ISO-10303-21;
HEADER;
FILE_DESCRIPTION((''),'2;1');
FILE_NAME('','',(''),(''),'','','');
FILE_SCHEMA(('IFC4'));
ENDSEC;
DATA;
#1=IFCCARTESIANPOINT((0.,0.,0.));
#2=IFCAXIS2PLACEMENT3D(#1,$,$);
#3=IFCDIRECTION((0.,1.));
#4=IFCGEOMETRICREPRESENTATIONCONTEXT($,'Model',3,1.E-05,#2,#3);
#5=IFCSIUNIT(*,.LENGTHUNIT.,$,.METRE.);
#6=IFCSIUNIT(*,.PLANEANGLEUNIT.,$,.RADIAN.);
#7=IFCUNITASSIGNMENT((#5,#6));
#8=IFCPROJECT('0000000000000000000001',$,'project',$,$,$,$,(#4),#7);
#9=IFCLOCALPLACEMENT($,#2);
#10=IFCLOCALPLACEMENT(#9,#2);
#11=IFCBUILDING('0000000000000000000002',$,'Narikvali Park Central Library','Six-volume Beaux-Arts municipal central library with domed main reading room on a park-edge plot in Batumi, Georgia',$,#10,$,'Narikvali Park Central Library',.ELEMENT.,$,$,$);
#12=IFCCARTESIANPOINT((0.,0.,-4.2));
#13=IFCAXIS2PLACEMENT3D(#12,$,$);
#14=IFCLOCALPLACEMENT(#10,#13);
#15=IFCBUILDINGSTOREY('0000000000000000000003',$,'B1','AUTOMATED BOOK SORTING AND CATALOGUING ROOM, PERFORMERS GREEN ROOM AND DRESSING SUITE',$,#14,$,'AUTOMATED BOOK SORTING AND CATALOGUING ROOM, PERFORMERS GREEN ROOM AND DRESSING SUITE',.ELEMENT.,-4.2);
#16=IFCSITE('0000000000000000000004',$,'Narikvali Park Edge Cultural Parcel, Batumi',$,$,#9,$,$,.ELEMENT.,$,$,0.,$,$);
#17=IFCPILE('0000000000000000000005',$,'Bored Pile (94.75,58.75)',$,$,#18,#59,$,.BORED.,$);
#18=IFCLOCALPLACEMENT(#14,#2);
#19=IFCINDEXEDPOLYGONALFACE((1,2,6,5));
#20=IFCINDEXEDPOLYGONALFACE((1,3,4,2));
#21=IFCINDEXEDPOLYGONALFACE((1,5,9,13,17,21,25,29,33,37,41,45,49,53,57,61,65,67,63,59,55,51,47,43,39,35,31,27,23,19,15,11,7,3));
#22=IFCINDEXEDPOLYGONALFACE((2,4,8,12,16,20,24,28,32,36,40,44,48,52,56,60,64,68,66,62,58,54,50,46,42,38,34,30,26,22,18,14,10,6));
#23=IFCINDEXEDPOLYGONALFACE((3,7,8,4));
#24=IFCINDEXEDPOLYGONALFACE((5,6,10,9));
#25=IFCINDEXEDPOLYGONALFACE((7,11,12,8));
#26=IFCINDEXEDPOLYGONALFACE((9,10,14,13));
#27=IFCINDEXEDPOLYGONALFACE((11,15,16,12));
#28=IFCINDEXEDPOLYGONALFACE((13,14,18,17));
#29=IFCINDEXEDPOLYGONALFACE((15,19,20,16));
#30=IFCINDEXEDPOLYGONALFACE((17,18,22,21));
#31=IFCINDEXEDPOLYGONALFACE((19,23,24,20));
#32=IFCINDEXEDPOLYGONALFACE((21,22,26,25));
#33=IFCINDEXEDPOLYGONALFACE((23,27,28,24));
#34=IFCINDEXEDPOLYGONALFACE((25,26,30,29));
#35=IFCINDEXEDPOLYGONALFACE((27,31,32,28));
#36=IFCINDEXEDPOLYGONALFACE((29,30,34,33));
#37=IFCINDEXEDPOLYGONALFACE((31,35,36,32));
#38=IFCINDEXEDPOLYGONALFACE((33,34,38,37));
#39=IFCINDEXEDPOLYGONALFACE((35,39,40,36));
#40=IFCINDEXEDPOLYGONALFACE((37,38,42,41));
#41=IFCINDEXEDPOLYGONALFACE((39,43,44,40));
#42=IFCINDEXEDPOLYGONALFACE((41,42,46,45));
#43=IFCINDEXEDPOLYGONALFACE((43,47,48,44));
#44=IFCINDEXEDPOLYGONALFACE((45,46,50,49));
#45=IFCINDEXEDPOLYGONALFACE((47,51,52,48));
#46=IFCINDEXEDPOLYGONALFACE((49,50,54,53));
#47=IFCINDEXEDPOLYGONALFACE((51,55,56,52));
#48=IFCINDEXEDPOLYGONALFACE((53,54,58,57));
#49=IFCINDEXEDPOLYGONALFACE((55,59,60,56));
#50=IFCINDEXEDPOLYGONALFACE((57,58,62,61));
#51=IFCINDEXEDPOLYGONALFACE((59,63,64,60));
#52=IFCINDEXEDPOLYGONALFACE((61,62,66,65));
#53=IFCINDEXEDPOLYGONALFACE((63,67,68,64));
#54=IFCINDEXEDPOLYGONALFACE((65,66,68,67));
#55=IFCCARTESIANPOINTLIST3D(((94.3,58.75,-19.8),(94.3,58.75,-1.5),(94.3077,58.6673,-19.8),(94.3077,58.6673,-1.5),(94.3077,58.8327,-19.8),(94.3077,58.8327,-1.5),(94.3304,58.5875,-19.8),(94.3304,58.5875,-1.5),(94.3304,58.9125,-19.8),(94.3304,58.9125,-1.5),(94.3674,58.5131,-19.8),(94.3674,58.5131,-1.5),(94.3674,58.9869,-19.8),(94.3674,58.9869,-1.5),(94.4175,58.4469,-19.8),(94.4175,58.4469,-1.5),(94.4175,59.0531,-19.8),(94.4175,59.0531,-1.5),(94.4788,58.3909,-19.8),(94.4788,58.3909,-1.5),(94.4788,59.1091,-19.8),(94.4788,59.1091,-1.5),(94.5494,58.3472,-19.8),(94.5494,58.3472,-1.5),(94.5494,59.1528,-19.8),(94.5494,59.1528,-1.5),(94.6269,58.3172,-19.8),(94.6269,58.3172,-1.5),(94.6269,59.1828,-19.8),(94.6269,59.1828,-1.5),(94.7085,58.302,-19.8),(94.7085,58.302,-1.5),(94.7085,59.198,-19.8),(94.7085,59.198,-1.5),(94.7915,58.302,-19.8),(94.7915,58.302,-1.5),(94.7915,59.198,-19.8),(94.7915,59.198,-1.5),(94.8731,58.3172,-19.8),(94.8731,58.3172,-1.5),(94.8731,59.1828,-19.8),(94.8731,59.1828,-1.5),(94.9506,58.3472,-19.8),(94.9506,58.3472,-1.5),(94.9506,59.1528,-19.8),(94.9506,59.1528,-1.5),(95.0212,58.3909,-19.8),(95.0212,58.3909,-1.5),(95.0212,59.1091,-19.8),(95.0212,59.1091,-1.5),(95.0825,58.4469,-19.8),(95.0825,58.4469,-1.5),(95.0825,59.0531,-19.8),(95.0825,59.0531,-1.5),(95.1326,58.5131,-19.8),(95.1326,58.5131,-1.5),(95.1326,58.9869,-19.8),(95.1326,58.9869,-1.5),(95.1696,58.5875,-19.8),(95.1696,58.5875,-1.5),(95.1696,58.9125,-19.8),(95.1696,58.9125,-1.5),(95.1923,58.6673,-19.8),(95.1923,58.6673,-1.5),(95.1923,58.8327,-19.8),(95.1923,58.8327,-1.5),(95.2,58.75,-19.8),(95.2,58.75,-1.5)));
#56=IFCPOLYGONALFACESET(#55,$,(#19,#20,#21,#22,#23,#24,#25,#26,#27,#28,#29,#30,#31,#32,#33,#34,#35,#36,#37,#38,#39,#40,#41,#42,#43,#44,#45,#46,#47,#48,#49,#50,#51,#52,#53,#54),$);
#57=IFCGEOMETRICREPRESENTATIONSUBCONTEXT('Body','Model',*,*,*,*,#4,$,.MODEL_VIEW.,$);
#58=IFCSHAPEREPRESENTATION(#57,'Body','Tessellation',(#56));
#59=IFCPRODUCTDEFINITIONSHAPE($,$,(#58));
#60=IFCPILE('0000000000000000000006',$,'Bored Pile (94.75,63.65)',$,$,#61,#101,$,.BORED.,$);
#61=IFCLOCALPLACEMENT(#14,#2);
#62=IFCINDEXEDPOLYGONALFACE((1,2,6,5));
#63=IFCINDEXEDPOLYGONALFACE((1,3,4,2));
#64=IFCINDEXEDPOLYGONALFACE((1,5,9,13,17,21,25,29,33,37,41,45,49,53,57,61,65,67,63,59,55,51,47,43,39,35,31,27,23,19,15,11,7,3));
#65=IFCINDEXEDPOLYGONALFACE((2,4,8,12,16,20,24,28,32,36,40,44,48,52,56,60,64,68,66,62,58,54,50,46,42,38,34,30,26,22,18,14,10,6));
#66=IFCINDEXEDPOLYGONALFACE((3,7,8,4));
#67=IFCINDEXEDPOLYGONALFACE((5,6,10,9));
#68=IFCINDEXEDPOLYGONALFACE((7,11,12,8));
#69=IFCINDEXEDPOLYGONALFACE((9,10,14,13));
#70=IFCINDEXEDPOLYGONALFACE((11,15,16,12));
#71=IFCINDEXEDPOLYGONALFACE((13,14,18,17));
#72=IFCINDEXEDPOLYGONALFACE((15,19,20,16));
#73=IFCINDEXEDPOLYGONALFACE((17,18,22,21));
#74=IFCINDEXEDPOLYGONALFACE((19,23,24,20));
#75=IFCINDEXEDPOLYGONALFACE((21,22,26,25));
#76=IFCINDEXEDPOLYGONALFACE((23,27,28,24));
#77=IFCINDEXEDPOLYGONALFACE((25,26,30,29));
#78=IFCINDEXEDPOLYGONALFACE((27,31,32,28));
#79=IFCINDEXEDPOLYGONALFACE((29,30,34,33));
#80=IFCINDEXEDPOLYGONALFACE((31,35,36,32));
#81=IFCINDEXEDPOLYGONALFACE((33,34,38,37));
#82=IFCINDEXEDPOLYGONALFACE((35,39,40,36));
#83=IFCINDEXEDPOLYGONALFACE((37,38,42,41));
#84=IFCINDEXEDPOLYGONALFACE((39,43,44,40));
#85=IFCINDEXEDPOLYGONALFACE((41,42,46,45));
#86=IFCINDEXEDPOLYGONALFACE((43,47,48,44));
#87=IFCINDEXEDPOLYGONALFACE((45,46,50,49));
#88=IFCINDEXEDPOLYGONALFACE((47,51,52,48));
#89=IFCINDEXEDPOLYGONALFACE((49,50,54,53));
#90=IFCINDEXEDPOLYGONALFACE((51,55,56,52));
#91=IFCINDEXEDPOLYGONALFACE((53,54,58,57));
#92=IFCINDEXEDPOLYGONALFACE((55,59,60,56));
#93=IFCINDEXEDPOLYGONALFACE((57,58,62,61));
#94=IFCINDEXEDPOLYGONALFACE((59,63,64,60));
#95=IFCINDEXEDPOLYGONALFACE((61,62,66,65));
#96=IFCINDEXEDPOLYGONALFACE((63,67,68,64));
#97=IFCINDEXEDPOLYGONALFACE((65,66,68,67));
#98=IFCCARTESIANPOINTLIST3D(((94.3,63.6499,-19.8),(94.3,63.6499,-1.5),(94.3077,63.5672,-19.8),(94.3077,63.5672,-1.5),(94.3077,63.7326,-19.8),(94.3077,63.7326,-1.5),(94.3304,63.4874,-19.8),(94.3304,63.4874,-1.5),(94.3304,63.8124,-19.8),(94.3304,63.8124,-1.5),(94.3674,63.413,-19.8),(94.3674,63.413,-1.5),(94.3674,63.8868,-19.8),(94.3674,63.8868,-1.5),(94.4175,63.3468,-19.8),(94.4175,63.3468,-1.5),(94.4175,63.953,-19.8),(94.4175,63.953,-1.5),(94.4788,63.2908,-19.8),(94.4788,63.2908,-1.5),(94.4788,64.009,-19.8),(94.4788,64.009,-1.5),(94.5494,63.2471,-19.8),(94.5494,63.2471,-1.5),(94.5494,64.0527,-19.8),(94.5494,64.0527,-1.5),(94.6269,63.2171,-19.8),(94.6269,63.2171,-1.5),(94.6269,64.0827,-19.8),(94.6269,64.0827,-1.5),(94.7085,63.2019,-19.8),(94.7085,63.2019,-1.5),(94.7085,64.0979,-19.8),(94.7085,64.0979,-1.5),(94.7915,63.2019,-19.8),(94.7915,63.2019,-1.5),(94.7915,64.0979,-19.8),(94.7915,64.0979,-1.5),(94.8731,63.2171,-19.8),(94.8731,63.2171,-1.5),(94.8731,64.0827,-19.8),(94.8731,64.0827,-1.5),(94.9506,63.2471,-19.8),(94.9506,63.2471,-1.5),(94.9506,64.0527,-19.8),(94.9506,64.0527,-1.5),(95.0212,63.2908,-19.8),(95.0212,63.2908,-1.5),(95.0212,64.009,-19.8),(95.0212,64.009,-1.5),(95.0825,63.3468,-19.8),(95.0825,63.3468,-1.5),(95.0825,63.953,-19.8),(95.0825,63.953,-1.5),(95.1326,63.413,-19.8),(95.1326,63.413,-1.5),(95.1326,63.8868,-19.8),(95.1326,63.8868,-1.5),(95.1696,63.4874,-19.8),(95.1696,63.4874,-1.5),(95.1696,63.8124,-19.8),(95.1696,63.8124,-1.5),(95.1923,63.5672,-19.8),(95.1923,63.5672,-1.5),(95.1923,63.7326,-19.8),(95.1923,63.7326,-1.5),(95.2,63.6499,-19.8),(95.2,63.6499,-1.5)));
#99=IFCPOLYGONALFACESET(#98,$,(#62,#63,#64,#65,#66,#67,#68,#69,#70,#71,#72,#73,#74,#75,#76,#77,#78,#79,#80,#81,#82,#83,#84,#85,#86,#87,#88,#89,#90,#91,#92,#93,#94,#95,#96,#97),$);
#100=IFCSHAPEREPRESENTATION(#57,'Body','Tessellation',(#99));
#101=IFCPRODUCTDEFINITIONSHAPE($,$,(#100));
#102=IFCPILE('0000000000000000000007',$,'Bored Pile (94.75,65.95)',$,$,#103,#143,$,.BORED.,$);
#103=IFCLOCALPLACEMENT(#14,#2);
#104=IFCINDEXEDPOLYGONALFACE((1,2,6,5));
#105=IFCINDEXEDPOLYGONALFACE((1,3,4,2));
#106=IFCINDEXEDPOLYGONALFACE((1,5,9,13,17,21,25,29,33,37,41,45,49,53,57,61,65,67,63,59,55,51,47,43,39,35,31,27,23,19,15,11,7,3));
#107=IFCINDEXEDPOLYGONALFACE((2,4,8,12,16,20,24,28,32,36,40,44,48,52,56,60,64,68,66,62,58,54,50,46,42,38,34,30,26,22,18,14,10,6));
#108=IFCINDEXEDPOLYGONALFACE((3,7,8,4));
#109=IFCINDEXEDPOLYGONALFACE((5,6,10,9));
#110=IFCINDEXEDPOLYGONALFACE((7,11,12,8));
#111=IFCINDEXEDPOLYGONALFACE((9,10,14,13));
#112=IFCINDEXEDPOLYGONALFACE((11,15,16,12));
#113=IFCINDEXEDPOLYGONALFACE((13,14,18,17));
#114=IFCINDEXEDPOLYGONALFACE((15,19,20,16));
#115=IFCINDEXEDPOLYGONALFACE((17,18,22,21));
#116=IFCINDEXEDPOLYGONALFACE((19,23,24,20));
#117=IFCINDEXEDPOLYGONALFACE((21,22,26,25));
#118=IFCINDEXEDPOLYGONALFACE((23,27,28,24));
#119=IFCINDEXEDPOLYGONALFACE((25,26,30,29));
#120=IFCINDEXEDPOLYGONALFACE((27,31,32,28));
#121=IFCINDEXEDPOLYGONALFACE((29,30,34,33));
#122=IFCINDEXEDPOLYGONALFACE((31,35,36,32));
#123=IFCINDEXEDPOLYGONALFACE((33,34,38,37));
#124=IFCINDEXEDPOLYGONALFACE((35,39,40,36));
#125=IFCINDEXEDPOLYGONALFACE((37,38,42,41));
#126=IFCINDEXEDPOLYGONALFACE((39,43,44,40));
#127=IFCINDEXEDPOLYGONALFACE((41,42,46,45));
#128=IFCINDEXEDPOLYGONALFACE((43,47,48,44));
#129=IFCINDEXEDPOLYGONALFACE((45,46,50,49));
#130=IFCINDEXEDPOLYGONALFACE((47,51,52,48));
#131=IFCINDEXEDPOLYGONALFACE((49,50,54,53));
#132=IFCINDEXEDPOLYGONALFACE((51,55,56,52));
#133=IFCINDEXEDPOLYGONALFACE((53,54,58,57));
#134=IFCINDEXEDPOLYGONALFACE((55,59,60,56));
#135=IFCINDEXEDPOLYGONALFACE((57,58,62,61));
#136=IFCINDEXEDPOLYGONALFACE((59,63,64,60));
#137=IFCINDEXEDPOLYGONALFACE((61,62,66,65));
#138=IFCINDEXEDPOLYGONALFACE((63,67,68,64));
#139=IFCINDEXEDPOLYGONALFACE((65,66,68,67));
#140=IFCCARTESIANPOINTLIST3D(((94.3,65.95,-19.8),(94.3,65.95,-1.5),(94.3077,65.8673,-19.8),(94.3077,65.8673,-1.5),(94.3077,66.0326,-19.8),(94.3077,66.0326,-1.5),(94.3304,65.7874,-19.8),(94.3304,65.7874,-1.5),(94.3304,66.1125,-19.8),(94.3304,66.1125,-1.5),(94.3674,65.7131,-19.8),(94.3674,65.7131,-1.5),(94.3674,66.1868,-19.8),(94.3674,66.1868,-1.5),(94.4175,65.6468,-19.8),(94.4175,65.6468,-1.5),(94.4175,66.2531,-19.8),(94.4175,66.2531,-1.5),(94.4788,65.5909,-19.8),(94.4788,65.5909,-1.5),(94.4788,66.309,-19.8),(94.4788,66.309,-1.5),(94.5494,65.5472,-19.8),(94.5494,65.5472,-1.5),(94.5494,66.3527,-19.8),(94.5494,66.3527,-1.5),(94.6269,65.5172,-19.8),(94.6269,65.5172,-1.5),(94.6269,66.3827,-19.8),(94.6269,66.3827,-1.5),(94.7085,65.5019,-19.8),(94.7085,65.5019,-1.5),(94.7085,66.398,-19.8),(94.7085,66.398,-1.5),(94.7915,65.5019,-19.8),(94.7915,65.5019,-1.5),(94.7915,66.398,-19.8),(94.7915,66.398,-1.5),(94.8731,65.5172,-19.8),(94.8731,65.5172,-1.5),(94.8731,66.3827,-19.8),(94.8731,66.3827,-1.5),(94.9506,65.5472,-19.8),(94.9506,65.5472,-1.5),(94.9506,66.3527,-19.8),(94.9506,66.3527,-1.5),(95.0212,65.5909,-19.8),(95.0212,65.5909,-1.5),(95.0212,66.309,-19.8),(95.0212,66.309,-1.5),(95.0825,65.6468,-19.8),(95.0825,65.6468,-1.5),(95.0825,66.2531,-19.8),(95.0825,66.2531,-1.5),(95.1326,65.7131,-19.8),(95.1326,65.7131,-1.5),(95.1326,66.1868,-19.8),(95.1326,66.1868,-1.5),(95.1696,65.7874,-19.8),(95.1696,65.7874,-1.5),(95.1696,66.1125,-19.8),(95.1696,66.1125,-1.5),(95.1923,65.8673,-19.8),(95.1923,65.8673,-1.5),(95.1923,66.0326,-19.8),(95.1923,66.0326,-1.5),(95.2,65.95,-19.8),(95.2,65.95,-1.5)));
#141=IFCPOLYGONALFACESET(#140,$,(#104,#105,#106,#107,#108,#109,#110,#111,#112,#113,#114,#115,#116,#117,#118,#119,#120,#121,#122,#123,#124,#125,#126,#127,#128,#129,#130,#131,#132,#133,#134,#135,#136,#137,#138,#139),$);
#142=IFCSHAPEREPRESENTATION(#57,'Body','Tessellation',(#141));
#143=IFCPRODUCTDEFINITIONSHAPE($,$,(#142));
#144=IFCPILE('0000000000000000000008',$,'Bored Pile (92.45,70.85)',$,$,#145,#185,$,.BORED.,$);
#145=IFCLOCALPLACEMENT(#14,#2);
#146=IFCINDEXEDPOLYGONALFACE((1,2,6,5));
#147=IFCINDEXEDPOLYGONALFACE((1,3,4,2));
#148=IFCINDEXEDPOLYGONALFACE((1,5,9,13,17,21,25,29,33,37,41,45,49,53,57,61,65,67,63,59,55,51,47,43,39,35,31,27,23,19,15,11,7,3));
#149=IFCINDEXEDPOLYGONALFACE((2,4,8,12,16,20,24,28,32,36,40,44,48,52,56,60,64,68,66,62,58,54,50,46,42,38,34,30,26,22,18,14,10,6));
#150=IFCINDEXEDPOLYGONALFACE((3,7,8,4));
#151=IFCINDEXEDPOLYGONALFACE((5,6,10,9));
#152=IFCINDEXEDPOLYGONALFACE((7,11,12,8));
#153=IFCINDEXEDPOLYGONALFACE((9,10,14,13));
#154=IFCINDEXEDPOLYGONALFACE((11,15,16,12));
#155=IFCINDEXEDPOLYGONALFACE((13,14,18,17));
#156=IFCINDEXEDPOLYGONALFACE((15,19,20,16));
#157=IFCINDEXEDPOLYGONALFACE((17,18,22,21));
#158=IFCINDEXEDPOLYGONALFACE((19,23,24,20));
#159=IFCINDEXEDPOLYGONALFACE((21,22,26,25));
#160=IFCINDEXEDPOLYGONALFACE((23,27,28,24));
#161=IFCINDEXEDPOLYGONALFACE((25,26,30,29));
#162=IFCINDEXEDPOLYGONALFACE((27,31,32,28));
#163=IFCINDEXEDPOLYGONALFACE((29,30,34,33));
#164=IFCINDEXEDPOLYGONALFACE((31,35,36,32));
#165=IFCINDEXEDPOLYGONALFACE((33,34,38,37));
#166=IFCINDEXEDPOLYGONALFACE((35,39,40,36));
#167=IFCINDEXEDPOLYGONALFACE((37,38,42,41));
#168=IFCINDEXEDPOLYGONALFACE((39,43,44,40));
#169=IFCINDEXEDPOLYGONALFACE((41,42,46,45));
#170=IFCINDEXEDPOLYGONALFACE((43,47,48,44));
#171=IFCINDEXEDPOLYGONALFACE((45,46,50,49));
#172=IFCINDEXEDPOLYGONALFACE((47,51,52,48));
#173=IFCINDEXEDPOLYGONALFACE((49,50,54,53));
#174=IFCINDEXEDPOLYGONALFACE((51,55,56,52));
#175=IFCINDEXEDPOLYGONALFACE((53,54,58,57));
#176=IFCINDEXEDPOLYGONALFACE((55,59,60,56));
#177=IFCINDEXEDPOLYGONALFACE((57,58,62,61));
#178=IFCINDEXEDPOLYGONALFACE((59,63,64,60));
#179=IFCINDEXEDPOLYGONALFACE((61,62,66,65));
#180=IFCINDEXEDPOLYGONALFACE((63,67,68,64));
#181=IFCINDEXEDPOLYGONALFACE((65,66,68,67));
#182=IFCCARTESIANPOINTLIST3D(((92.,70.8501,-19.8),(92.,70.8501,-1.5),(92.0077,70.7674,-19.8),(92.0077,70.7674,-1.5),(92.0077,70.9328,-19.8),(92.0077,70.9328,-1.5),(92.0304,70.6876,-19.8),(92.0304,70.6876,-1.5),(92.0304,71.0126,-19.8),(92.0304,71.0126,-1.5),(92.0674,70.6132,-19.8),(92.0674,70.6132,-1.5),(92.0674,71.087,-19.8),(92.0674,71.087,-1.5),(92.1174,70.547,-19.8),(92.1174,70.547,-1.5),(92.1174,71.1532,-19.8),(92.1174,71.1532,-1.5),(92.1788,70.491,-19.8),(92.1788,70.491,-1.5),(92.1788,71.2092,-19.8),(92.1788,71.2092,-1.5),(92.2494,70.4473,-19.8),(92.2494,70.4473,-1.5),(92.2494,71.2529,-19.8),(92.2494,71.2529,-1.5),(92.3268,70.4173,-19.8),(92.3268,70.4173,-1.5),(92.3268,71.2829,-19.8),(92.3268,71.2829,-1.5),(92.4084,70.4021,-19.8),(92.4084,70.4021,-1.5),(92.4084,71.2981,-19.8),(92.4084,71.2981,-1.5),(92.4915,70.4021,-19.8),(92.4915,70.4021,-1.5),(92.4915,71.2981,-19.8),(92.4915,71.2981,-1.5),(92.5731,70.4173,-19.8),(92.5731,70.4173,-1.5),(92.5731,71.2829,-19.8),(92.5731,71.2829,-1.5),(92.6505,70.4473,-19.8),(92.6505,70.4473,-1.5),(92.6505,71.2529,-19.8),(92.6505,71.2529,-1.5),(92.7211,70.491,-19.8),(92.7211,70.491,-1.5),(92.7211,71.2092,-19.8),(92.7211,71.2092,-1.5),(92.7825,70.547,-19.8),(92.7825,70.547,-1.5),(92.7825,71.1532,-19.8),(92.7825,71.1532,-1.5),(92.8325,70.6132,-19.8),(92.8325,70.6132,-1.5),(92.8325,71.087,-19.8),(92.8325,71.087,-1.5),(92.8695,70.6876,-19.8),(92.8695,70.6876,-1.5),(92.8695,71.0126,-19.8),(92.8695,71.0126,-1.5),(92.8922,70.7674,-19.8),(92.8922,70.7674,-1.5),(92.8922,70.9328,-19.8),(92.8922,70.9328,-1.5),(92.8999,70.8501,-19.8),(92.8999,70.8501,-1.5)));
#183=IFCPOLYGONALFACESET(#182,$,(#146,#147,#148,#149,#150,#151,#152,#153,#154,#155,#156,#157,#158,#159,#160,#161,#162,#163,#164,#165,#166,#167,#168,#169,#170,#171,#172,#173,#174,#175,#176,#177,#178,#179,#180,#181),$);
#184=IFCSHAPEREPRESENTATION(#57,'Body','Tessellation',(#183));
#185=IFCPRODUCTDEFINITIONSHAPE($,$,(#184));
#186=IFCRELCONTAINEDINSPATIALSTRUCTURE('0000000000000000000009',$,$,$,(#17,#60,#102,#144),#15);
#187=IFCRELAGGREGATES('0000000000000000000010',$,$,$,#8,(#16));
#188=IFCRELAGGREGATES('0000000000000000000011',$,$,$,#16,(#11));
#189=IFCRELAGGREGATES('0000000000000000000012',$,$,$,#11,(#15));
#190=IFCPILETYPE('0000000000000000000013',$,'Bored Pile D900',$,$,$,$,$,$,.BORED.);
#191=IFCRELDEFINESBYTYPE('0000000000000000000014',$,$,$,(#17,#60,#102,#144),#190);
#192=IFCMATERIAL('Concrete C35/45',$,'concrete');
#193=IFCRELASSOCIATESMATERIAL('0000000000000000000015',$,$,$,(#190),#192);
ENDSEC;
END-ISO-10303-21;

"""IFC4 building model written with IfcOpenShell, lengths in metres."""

from ifc_helpers import new_model, si_unit, direction, frame, origin, origin_2d, place, context, subcontext, project, spatial, circle, extrude, material, material_profile, profile_set, type_object, element, save


model = new_model("IFC4")

# Units and contexts
model_context = context("Model", 3, precision=1e-05, world=origin(), true_north=direction((0.0, 1.0)))
body_context = subcontext(model_context, "Body", "Model", "MODEL_VIEW")
ifc_project = project(units=[si_unit("LENGTHUNIT", "METRE"), si_unit("PLANEANGLEUNIT", "RADIAN")], contexts=[model_context])

# Site, building, storey
site_placement = place(None, origin())
site = spatial("IfcSite", under=ifc_project, at=site_placement, Name="Narikvali Park Edge Cultural Parcel, Batumi", CompositionType="ELEMENT", RefElevation=0.0)
building_placement = place(site_placement, origin())
building = spatial("IfcBuilding", under=site, at=building_placement, Name="Narikvali Park Central Library", Description="Six-volume Beaux-Arts municipal central library with domed main reading room on a park-edge plot in Batumi, Georgia", LongName="Narikvali Park Central Library", CompositionType="ELEMENT")
storey_placement = place(building_placement, frame((0.0, 0.0, -4.2)))
storey = spatial("IfcBuildingStorey", under=building, at=storey_placement, Name="B1", Description="AUTOMATED BOOK SORTING AND CATALOGUING ROOM, PERFORMERS GREEN ROOM AND DRESSING SUITE", LongName="AUTOMATED BOOK SORTING AND CATALOGUING ROOM, PERFORMERS GREEN ROOM AND DRESSING SUITE", CompositionType="ELEMENT", Elevation=-4.2)

# Piles
ifc_material_1 = material(Name="Concrete C35/45", Category="concrete")
ifc_material_profile_1 = material_profile(ifc_material_1, circle(Radius=0.45, at=origin_2d()), Name="PILE D900")
ifc_profile_set_1 = profile_set([ifc_material_profile_1], Name="Concrete C35/45")
pile_type = type_object("IfcPileType", Name="Bored Pile D900", PredefinedType="BORED", material=ifc_profile_set_1)
for number, where, z_axis, x_axis, name in (
    (1, (94.75, 58.75, -1.5), (0.0, 0.0, -1.0), (1.0, 0.0, 0.0), "Bored Pile (94.75,58.75)"),
    (2, (94.75, 63.6499, -1.5), (0.0, 0.0, -1.0), (1.0, 0.0, 0.0), "Bored Pile (94.75,63.65)"),
    (3, (94.75, 65.95, -1.5), (0.0, 0.0, -1.0), (1.0, 0.0, 0.0), "Bored Pile (94.75,65.95)"),
    (4, (92.45, 70.8501, -1.5), (0.0, 0.0, -1.0), (1.0, 0.0, 0.0), "Bored Pile (92.45,70.85)"),
):
    element("IfcPile", number, at=place(storey_placement, frame(where, z_axis=z_axis, x_axis=x_axis)), inside=storey, type_object=pile_type, Name=name, PredefinedType="BORED", context=body_context, shape_type="SweptSolid", body=[
        extrude(circle(Radius=0.45, at=origin_2d()), origin(), (0.0, 0.0, 1.0), 18.3),
    ])

save(model, "model.ifc")
